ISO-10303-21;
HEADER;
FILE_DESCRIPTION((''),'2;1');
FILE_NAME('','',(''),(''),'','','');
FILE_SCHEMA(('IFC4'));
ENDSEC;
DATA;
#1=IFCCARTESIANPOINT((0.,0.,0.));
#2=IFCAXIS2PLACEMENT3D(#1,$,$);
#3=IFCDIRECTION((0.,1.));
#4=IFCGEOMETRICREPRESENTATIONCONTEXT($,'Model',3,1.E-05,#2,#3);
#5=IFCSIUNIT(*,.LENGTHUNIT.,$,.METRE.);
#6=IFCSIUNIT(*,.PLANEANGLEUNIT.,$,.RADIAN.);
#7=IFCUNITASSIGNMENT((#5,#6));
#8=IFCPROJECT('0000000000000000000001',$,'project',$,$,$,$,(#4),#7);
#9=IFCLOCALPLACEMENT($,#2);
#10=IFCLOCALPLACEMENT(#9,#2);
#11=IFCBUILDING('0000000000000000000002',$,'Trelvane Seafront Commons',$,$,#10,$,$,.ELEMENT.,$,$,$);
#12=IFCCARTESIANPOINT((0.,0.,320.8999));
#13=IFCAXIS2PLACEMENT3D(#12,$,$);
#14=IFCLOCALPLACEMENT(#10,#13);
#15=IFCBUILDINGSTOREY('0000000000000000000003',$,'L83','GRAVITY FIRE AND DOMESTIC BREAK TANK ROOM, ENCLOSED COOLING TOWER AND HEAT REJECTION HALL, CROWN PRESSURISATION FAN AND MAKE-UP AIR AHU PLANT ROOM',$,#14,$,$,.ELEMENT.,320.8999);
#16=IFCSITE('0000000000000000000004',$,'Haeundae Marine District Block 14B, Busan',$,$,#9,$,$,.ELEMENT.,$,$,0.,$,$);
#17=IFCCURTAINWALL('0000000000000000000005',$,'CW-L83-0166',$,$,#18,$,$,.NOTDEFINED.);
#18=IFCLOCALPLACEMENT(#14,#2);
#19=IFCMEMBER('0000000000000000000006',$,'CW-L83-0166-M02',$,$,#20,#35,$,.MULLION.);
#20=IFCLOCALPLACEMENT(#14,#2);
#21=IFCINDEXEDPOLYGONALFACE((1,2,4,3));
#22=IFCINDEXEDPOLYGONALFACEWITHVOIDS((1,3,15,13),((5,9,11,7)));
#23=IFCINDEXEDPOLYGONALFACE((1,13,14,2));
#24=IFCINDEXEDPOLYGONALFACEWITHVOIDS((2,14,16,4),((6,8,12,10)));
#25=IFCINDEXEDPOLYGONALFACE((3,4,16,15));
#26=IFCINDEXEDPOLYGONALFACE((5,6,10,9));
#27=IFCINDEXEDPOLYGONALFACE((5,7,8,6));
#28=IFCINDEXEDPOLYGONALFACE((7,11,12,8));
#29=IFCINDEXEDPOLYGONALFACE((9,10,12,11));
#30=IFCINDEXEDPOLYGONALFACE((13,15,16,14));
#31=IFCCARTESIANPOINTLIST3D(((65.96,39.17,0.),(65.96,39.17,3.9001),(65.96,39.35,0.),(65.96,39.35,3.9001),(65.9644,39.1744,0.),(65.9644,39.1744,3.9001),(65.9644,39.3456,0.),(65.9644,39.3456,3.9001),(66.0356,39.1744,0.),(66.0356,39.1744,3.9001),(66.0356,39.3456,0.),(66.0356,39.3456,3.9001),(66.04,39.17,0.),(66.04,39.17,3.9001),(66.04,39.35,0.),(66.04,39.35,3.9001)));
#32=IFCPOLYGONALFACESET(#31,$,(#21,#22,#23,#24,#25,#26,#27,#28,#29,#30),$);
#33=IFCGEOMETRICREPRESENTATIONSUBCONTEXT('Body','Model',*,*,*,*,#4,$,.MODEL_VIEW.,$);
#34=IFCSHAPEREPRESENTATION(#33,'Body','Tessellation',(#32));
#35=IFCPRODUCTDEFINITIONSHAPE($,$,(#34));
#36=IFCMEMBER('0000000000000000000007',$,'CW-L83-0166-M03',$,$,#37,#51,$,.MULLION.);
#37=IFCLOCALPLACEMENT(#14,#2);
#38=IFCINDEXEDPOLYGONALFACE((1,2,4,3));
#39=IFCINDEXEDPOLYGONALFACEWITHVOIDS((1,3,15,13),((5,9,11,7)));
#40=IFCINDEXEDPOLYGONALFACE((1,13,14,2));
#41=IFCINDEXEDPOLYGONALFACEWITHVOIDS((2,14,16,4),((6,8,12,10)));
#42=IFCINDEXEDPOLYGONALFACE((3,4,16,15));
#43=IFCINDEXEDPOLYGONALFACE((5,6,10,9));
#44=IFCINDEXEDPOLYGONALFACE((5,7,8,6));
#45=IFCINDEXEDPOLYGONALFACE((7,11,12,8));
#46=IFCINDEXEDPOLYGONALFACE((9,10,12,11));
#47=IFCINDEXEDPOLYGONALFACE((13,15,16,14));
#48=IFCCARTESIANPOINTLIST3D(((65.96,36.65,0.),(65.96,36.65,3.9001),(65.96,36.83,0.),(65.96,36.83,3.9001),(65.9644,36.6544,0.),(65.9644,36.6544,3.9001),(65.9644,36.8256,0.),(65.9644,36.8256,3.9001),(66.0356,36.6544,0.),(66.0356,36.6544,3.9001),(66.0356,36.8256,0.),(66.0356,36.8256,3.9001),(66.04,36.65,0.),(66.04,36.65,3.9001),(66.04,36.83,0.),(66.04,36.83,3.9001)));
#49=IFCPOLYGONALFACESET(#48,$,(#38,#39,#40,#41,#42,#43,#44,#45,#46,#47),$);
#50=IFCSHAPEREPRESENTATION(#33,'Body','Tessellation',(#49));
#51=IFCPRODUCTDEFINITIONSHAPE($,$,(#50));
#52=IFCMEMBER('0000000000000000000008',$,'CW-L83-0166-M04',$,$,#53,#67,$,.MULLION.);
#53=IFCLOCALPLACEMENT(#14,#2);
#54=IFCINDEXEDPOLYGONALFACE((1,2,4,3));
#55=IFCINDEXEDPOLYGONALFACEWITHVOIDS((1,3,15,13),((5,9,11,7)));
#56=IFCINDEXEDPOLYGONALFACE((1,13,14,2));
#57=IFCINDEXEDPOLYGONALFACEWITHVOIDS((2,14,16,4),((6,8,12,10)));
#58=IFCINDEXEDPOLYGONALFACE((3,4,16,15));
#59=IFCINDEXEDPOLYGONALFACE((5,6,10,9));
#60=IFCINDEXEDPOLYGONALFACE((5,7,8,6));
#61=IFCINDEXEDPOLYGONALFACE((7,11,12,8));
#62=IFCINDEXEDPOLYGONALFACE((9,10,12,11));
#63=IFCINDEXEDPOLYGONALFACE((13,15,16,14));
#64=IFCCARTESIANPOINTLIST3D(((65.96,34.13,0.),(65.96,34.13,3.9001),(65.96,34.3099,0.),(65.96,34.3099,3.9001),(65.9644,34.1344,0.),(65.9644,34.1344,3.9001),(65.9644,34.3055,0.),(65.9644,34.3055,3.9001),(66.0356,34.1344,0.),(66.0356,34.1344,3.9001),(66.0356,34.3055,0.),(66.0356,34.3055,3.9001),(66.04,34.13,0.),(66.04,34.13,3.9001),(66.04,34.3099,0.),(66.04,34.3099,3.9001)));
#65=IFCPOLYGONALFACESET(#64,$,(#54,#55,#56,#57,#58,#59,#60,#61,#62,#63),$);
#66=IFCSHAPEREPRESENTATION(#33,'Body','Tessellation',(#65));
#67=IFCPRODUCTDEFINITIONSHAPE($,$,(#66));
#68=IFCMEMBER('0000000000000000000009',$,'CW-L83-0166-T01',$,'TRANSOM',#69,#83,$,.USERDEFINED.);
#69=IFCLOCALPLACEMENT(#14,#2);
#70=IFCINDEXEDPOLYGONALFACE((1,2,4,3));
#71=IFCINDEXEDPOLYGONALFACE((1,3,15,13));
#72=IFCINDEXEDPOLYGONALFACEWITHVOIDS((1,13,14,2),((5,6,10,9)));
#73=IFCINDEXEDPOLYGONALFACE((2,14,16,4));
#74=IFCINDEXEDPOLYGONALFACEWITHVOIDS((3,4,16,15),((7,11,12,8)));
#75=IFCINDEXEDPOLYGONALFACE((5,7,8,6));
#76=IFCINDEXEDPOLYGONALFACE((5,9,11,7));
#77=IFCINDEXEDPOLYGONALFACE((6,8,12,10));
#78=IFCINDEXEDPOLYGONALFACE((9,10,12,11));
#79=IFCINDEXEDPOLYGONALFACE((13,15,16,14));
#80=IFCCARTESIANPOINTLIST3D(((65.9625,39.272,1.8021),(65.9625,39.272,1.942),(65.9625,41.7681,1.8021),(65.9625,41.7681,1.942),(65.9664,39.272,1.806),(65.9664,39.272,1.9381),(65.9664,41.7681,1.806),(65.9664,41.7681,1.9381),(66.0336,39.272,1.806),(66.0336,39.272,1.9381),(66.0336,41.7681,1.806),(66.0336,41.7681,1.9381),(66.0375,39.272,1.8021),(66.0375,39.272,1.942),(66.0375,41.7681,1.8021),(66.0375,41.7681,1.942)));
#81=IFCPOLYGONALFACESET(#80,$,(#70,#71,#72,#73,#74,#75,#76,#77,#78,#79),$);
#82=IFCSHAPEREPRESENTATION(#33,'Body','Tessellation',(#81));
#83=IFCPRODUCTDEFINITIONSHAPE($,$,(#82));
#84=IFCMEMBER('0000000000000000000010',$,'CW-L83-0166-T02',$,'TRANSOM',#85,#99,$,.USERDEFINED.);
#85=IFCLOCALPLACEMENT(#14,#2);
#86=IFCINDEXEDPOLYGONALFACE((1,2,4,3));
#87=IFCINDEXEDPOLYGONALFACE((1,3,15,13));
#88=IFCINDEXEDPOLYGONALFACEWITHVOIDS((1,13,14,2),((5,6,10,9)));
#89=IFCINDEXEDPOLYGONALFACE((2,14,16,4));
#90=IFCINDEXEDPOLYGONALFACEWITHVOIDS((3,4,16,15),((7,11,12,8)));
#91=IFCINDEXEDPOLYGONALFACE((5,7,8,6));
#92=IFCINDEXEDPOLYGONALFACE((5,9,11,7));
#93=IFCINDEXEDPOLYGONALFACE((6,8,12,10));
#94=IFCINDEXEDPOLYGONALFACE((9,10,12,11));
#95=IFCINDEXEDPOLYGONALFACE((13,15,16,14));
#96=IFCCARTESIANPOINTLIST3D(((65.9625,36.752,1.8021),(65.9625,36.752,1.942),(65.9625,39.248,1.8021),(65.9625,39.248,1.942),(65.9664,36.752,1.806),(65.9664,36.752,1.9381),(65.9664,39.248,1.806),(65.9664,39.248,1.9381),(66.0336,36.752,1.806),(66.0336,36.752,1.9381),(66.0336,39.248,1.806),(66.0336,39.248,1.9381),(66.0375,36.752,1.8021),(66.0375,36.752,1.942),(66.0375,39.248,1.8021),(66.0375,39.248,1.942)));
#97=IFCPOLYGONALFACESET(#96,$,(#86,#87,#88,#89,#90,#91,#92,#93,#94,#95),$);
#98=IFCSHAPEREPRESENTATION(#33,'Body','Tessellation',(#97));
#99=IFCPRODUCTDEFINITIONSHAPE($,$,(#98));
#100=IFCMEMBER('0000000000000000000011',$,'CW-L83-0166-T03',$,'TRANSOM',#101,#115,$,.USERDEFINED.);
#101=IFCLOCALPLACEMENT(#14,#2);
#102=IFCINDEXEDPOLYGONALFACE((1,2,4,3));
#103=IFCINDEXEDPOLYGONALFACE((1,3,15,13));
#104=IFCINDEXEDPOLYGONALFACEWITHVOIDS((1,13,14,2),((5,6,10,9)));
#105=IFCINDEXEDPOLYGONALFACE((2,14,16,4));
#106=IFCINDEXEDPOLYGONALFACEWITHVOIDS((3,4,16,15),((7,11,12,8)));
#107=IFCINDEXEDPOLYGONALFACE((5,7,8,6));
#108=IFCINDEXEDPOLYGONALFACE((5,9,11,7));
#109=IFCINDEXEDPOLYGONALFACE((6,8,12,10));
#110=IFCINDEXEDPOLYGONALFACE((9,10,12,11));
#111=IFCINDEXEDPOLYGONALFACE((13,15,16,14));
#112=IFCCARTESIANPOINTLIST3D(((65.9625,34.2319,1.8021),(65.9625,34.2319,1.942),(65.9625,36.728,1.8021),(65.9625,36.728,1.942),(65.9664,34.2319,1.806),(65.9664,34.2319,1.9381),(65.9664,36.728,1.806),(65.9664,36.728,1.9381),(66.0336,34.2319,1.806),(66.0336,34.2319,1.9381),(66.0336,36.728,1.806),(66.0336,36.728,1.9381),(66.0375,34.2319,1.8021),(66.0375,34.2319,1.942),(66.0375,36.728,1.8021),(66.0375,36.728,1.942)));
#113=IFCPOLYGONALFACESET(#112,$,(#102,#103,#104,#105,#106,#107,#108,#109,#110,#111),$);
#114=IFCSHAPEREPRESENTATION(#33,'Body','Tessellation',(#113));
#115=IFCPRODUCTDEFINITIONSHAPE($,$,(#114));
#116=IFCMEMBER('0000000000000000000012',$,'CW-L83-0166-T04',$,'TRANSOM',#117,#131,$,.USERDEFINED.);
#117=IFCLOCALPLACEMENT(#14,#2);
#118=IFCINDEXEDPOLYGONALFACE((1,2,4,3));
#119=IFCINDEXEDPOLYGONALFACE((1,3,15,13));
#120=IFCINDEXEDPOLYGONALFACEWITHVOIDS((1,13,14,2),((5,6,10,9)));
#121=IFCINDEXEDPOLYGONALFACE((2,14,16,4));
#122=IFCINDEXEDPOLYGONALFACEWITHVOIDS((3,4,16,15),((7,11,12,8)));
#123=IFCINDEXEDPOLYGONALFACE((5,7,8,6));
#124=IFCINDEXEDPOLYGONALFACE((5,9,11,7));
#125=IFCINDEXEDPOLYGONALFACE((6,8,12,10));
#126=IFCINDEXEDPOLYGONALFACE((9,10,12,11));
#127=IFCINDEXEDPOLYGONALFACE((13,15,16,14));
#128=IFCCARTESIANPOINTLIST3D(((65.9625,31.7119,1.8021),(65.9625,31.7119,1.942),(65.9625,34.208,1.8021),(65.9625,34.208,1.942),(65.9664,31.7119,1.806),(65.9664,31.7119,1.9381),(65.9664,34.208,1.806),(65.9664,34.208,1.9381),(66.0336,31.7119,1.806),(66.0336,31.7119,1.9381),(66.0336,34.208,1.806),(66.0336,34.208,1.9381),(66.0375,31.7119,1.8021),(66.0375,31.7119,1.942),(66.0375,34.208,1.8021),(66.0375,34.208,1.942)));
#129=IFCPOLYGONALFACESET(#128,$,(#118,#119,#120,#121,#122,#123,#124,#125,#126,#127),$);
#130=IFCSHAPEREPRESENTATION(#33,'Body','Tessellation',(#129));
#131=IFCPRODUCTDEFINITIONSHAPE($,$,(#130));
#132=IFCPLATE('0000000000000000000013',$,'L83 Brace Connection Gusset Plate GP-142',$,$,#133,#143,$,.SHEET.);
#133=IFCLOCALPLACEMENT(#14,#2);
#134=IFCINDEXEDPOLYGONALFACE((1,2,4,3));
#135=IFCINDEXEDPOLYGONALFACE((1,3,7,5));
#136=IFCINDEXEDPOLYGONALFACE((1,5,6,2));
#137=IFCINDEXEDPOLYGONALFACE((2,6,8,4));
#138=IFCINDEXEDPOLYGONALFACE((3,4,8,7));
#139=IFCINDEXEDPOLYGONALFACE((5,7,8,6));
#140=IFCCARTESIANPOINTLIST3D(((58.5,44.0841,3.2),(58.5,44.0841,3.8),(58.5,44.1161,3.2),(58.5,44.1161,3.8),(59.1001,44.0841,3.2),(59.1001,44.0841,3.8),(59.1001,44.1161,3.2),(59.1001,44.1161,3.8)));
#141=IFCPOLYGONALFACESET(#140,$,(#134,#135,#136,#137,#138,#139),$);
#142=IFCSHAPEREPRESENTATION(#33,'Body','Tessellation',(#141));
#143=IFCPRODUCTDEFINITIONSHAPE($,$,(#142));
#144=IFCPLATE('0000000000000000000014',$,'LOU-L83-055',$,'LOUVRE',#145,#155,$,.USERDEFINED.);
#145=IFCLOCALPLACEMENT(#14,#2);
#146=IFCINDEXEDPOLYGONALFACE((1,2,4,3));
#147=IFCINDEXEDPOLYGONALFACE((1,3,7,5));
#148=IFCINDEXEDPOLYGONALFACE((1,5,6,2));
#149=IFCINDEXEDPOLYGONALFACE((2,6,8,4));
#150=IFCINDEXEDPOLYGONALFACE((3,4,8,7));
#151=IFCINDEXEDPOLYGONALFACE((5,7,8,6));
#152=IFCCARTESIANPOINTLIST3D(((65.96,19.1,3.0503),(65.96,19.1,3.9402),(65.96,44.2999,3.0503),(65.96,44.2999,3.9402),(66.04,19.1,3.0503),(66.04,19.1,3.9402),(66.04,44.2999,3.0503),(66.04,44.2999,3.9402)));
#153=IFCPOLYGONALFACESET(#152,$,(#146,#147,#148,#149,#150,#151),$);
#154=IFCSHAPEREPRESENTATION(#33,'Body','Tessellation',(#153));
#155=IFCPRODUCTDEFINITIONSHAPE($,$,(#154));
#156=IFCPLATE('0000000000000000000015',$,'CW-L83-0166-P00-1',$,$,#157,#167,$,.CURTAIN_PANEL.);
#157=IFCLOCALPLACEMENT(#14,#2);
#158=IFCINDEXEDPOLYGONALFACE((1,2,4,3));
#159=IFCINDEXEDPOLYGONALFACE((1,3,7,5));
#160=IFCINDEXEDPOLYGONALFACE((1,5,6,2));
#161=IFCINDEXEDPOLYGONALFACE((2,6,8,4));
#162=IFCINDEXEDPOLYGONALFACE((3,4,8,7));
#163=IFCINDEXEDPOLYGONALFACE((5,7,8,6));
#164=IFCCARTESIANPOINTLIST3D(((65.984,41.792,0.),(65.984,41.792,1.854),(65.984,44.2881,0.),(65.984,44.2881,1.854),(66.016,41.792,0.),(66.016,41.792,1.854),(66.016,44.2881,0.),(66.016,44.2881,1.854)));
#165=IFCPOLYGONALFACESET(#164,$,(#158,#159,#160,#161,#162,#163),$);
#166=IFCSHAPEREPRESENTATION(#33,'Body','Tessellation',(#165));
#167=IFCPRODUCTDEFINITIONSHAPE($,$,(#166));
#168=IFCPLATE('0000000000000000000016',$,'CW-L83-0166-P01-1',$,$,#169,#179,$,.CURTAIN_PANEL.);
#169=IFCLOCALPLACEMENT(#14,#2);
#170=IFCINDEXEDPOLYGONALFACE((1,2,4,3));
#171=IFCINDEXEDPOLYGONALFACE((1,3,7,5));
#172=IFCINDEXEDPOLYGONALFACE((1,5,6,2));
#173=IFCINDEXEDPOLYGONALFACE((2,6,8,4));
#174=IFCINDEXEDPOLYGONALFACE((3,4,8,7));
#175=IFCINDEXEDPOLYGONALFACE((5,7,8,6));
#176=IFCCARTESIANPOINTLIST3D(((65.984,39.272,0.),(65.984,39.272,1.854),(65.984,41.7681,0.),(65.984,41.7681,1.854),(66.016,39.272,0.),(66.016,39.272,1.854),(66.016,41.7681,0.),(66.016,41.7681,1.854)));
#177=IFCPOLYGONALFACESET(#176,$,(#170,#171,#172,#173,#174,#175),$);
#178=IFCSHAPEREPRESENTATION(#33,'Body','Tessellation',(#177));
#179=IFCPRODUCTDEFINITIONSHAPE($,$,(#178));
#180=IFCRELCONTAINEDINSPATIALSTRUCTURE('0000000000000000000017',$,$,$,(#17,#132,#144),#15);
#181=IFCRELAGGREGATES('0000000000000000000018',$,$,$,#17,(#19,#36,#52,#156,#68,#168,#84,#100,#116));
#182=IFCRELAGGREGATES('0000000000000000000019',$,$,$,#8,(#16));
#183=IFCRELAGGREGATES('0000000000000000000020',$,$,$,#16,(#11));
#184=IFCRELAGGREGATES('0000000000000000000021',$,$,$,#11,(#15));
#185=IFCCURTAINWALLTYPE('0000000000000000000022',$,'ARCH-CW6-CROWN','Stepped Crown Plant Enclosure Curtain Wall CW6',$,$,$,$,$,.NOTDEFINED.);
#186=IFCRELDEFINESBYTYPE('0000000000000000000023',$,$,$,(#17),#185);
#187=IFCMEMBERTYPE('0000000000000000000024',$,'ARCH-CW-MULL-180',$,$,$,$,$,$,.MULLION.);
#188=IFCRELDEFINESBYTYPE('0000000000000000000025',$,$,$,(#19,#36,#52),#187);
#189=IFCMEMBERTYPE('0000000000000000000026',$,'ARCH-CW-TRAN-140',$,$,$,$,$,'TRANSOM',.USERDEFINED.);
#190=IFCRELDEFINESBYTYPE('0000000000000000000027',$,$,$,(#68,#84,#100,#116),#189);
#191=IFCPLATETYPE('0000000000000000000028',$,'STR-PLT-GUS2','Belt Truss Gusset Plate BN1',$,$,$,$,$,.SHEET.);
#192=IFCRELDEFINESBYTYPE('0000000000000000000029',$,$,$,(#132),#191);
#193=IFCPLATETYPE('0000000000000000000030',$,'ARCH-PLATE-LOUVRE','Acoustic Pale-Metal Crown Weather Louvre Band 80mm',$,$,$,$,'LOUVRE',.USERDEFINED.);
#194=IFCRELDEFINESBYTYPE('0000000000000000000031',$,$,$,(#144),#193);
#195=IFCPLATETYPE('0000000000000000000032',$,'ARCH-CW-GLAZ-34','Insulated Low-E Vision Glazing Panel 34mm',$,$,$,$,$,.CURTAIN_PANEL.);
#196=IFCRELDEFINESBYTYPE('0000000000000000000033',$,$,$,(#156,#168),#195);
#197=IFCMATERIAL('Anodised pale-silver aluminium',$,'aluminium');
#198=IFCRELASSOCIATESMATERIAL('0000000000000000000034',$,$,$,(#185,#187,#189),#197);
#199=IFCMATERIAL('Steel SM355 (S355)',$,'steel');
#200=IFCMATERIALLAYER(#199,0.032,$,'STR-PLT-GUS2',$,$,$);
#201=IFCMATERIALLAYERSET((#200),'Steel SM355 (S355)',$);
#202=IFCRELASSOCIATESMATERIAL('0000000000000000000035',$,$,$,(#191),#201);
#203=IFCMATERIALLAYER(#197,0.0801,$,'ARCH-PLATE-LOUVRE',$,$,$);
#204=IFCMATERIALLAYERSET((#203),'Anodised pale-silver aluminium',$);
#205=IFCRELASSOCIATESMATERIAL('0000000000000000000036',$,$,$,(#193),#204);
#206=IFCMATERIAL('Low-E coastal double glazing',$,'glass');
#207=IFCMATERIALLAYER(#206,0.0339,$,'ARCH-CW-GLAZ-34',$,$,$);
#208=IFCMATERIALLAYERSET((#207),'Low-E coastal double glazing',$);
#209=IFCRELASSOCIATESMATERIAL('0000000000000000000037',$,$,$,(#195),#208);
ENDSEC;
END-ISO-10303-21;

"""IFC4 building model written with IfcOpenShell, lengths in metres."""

from ifc_helpers import new_model, si_unit, direction, frame, origin, origin_2d, place, context, subcontext, project, spatial, rectangle, hollow_rectangle, extrude, source, transform, mapped, material, layer, layer_set, material_profile, profile_set, type_object, element, aggregate, save


model = new_model("IFC4")

# Units and contexts
model_context = context("Model", 3, precision=1e-05, world=origin(), true_north=direction((0.0, 1.0)))
body_context = subcontext(model_context, "Body", "Model", "MODEL_VIEW")
ifc_project = project(units=[si_unit("LENGTHUNIT", "METRE"), si_unit("PLANEANGLEUNIT", "RADIAN")], contexts=[model_context])

# Site, building, storey
site_placement = place(None, origin())
site = spatial("IfcSite", under=ifc_project, at=site_placement, Name="Haeundae Marine District Block 14B, Busan", CompositionType="ELEMENT", RefElevation=0.0)
building_placement = place(site_placement, origin())
building = spatial("IfcBuilding", under=site, at=building_placement, Name="Trelvane Seafront Commons", CompositionType="ELEMENT")
storey_placement = place(building_placement, frame((0.0, 0.0, 320.8999)))
storey = spatial("IfcBuildingStorey", under=building, at=storey_placement, Name="L83", Description="GRAVITY FIRE AND DOMESTIC BREAK TANK ROOM, ENCLOSED COOLING TOWER AND HEAT REJECTION HALL, CROWN PRESSURISATION FAN AND MAKE-UP AIR AHU PLANT ROOM", CompositionType="ELEMENT", Elevation=320.8999)

# Shared definitions
ifc_material_1 = material(Name="Steel SM355 (S355)", Category="steel")

# Curtain wall, members
ifc_material_2 = material(Name="Anodised pale-silver aluminium", Category="aluminium")
curtain_wall_type = type_object("IfcCurtainWallType", Name="ARCH-CW6-CROWN", Description="Stepped Crown Plant Enclosure Curtain Wall CW6", PredefinedType="NOTDEFINED", material=ifc_material_2)
curtain_wall_placement = place(storey_placement, origin())
curtain_wall = element("IfcCurtainWall", 1, at=curtain_wall_placement, inside=storey, type_object=curtain_wall_type, Name="CW-L83-0166", PredefinedType="NOTDEFINED")
ifc_material_profile_1 = material_profile(ifc_material_2, hollow_rectangle(XDim=0.0801, YDim=0.1799, WallThickness=0.0044, at=origin_2d()), Name="MULL-80x180x4.5")
ifc_profile_set_1 = profile_set([ifc_material_profile_1], Name="Anodised pale-silver aluminium")
member_type_1 = type_object("IfcMemberType", Name="ARCH-CW-MULL-180", PredefinedType="MULLION", material=ifc_profile_set_1)
shared_shape_1 = source(origin(), body_context, "Body", "SweptSolid", [
    extrude(hollow_rectangle(XDim=0.0801, YDim=0.1799, WallThickness=0.0044, at=origin_2d()), origin(), (0.0, 0.0, 1.0), 3.9001),
])
member_1_placement = place(storey_placement, frame((66.0, 39.26, 0.0), z_axis=(0.0, 0.0, 1.0), x_axis=(1.0, 0.0, 0.0)))
member_1 = element("IfcMember", 2, at=member_1_placement, type_object=member_type_1, Name="CW-L83-0166-M02", PredefinedType="MULLION", context=body_context, shape_type="MappedRepresentation", body=[
    mapped(shared_shape_1, transform((0.0, 0.0, 0.0), x_axis=(1.0, 0.0, 0.0), y_axis=(0.0, 1.0, 0.0), z_axis=(0.0, 0.0, 1.0), scale=1.0)),
])
member_2_placement = place(storey_placement, frame((66.0, 36.74, 0.0), z_axis=(0.0, 0.0, 1.0), x_axis=(1.0, 0.0, 0.0)))
member_2 = element("IfcMember", 3, at=member_2_placement, type_object=member_type_1, Name="CW-L83-0166-M03", PredefinedType="MULLION", context=body_context, shape_type="MappedRepresentation", body=[
    mapped(shared_shape_1, transform((0.0, 0.0, 0.0), x_axis=(1.0, 0.0, 0.0), y_axis=(0.0, 1.0, 0.0), z_axis=(0.0, 0.0, 1.0), scale=1.0)),
])
member_3_placement = place(storey_placement, frame((66.0, 34.22, 0.0), z_axis=(0.0, 0.0, 1.0), x_axis=(1.0, 0.0, 0.0)))
member_3 = element("IfcMember", 4, at=member_3_placement, type_object=member_type_1, Name="CW-L83-0166-M04", PredefinedType="MULLION", context=body_context, shape_type="MappedRepresentation", body=[
    mapped(shared_shape_1, transform((0.0, 0.0, 0.0), x_axis=(1.0, 0.0, 0.0), y_axis=(0.0, 1.0, 0.0), z_axis=(0.0, 0.0, 1.0), scale=1.0)),
])
ifc_material_profile_2 = material_profile(ifc_material_2, hollow_rectangle(XDim=0.075, YDim=0.1399, WallThickness=0.0039, at=origin_2d()), Name="TRAN-75x140x4")
ifc_profile_set_2 = profile_set([ifc_material_profile_2], Name="Anodised pale-silver aluminium")
member_type_2 = type_object("IfcMemberType", Name="ARCH-CW-TRAN-140", ElementType="TRANSOM", PredefinedType="USERDEFINED", material=ifc_profile_set_2)
shared_shape_2 = source(origin(), body_context, "Body", "SweptSolid", [
    extrude(hollow_rectangle(XDim=0.075, YDim=0.1399, WallThickness=0.0039, at=origin_2d()), origin(), (0.0, 0.0, 1.0), 2.4961),
])
member_4_placement = place(storey_placement, frame((66.0, 41.7681, 1.8721), z_axis=(0.0, -1.0, 0.0), x_axis=(1.0, 0.0, 0.0)))
member_4 = element("IfcMember", 5, at=member_4_placement, type_object=member_type_2, Name="CW-L83-0166-T01", ObjectType="TRANSOM", PredefinedType="USERDEFINED", context=body_context, shape_type="MappedRepresentation", body=[
    mapped(shared_shape_2, transform((0.0, 0.0, 0.0), x_axis=(1.0, 0.0, 0.0), y_axis=(0.0, 1.0, 0.0), z_axis=(0.0, 0.0, 1.0), scale=1.0)),
])
member_5_placement = place(storey_placement, frame((66.0, 39.248, 1.8721), z_axis=(0.0, -1.0, 0.0), x_axis=(1.0, 0.0, 0.0)))
member_5 = element("IfcMember", 6, at=member_5_placement, type_object=member_type_2, Name="CW-L83-0166-T02", ObjectType="TRANSOM", PredefinedType="USERDEFINED", context=body_context, shape_type="MappedRepresentation", body=[
    mapped(shared_shape_2, transform((0.0, 0.0, 0.0), x_axis=(1.0, 0.0, 0.0), y_axis=(0.0, 1.0, 0.0), z_axis=(0.0, 0.0, 1.0), scale=1.0)),
])
member_6_placement = place(storey_placement, frame((66.0, 36.728, 1.8721), z_axis=(0.0, -1.0, 0.0), x_axis=(1.0, 0.0, 0.0)))
member_6 = element("IfcMember", 7, at=member_6_placement, type_object=member_type_2, Name="CW-L83-0166-T03", ObjectType="TRANSOM", PredefinedType="USERDEFINED", context=body_context, shape_type="MappedRepresentation", body=[
    mapped(shared_shape_2, transform((0.0, 0.0, 0.0), x_axis=(1.0, 0.0, 0.0), y_axis=(0.0, 1.0, 0.0), z_axis=(0.0, 0.0, 1.0), scale=1.0)),
])
member_7_placement = place(storey_placement, frame((66.0, 34.208, 1.8721), z_axis=(0.0, -1.0, 0.0), x_axis=(1.0, 0.0, 0.0)))
member_7 = element("IfcMember", 8, at=member_7_placement, type_object=member_type_2, Name="CW-L83-0166-T04", ObjectType="TRANSOM", PredefinedType="USERDEFINED", context=body_context, shape_type="MappedRepresentation", body=[
    mapped(shared_shape_2, transform((0.0, 0.0, 0.0), x_axis=(1.0, 0.0, 0.0), y_axis=(0.0, 1.0, 0.0), z_axis=(0.0, 0.0, 1.0), scale=1.0)),
])

# Plates
ifc_layer_1 = layer(ifc_material_1, 0.032, Name="STR-PLT-GUS2")
ifc_layer_set_1 = layer_set([ifc_layer_1], Name="Steel SM355 (S355)")
plate_type_1 = type_object("IfcPlateType", Name="STR-PLT-GUS2", Description="Belt Truss Gusset Plate BN1", PredefinedType="SHEET", material=ifc_layer_set_1)
shared_shape_3 = source(origin(), body_context, "Body", "SweptSolid", [
    extrude(rectangle(XDim=0.6001, YDim=0.032, at=origin_2d()), origin(), (0.0, 0.0, 1.0), 0.6001),
])
plate_1_placement = place(storey_placement, frame((58.8, 44.1001, 3.2), z_axis=(0.0, 0.0, 1.0), x_axis=(1.0, 0.0, 0.0)))
element("IfcPlate", 9, at=plate_1_placement, inside=storey, type_object=plate_type_1, Name="L83 Brace Connection Gusset Plate GP-142", PredefinedType="SHEET", context=body_context, shape_type="MappedRepresentation", body=[
    mapped(shared_shape_3, transform((0.0, 0.0, 0.0), x_axis=(1.0, 0.0, 0.0), y_axis=(0.0, 1.0, 0.0), z_axis=(0.0, 0.0, 1.0), scale=1.0)),
])
ifc_layer_2 = layer(ifc_material_2, 0.0801, Name="ARCH-PLATE-LOUVRE")
ifc_layer_set_2 = layer_set([ifc_layer_2], Name="Anodised pale-silver aluminium")
plate_type_2 = type_object("IfcPlateType", Name="ARCH-PLATE-LOUVRE", Description="Acoustic Pale-Metal Crown Weather Louvre Band 80mm", ElementType="LOUVRE", PredefinedType="USERDEFINED", material=ifc_layer_set_2)
shared_shape_4 = source(origin(), body_context, "Body", "SweptSolid", [
    extrude(rectangle(XDim=25.2, YDim=0.0801, at=origin_2d()), origin(), (0.0, 0.0, 1.0), 0.8899),
])
plate_2_placement = place(storey_placement, frame((66.0, 31.7, 3.0503), z_axis=(0.0, 0.0, 1.0), x_axis=(0.0, -1.0, 0.0)))
element("IfcPlate", 10, at=plate_2_placement, inside=storey, type_object=plate_type_2, Name="LOU-L83-055", ObjectType="LOUVRE", PredefinedType="USERDEFINED", context=body_context, shape_type="MappedRepresentation", body=[
    mapped(shared_shape_4, transform((0.0, 0.0, 0.0), x_axis=(1.0, 0.0, 0.0), y_axis=(0.0, 1.0, 0.0), z_axis=(0.0, 0.0, 1.0), scale=1.0)),
])

# Plates
ifc_material_3 = material(Name="Low-E coastal double glazing", Category="glass")
ifc_layer_3 = layer(ifc_material_3, 0.0339, Name="ARCH-CW-GLAZ-34")
ifc_layer_set_3 = layer_set([ifc_layer_3], Name="Low-E coastal double glazing")
plate_type_3 = type_object("IfcPlateType", Name="ARCH-CW-GLAZ-34", Description="Insulated Low-E Vision Glazing Panel 34mm", PredefinedType="CURTAIN_PANEL", material=ifc_layer_set_3)
shared_shape_5 = source(origin(), body_context, "Body", "SweptSolid", [
    extrude(rectangle(XDim=2.4961, YDim=0.032, at=origin_2d()), origin(), (0.0, 0.0, 1.0), 1.854),
])
plate_3_placement = place(storey_placement, frame((66.0, 43.04, 0.0), z_axis=(0.0, 0.0, 1.0), x_axis=(0.0, -1.0, 0.0)))
plate_3 = element("IfcPlate", 11, at=plate_3_placement, type_object=plate_type_3, Name="CW-L83-0166-P00-1", PredefinedType="CURTAIN_PANEL", context=body_context, shape_type="MappedRepresentation", body=[
    mapped(shared_shape_5, transform((0.0, 0.0, 0.0), x_axis=(1.0, 0.0, 0.0), y_axis=(0.0, 1.0, 0.0), z_axis=(0.0, 0.0, 1.0), scale=1.0)),
])
plate_4_placement = place(storey_placement, frame((66.0, 40.52, 0.0), z_axis=(0.0, 0.0, 1.0), x_axis=(0.0, -1.0, 0.0)))
plate_4 = element("IfcPlate", 12, at=plate_4_placement, type_object=plate_type_3, Name="CW-L83-0166-P01-1", PredefinedType="CURTAIN_PANEL", context=body_context, shape_type="MappedRepresentation", body=[
    mapped(shared_shape_5, transform((0.0, 0.0, 0.0), x_axis=(1.0, 0.0, 0.0), y_axis=(0.0, 1.0, 0.0), z_axis=(0.0, 0.0, 1.0), scale=1.0)),
])
aggregate(curtain_wall, [member_1, member_2, member_3, plate_3, member_4, plate_4, member_5, member_6, member_7])

save(model, "model.ifc")
